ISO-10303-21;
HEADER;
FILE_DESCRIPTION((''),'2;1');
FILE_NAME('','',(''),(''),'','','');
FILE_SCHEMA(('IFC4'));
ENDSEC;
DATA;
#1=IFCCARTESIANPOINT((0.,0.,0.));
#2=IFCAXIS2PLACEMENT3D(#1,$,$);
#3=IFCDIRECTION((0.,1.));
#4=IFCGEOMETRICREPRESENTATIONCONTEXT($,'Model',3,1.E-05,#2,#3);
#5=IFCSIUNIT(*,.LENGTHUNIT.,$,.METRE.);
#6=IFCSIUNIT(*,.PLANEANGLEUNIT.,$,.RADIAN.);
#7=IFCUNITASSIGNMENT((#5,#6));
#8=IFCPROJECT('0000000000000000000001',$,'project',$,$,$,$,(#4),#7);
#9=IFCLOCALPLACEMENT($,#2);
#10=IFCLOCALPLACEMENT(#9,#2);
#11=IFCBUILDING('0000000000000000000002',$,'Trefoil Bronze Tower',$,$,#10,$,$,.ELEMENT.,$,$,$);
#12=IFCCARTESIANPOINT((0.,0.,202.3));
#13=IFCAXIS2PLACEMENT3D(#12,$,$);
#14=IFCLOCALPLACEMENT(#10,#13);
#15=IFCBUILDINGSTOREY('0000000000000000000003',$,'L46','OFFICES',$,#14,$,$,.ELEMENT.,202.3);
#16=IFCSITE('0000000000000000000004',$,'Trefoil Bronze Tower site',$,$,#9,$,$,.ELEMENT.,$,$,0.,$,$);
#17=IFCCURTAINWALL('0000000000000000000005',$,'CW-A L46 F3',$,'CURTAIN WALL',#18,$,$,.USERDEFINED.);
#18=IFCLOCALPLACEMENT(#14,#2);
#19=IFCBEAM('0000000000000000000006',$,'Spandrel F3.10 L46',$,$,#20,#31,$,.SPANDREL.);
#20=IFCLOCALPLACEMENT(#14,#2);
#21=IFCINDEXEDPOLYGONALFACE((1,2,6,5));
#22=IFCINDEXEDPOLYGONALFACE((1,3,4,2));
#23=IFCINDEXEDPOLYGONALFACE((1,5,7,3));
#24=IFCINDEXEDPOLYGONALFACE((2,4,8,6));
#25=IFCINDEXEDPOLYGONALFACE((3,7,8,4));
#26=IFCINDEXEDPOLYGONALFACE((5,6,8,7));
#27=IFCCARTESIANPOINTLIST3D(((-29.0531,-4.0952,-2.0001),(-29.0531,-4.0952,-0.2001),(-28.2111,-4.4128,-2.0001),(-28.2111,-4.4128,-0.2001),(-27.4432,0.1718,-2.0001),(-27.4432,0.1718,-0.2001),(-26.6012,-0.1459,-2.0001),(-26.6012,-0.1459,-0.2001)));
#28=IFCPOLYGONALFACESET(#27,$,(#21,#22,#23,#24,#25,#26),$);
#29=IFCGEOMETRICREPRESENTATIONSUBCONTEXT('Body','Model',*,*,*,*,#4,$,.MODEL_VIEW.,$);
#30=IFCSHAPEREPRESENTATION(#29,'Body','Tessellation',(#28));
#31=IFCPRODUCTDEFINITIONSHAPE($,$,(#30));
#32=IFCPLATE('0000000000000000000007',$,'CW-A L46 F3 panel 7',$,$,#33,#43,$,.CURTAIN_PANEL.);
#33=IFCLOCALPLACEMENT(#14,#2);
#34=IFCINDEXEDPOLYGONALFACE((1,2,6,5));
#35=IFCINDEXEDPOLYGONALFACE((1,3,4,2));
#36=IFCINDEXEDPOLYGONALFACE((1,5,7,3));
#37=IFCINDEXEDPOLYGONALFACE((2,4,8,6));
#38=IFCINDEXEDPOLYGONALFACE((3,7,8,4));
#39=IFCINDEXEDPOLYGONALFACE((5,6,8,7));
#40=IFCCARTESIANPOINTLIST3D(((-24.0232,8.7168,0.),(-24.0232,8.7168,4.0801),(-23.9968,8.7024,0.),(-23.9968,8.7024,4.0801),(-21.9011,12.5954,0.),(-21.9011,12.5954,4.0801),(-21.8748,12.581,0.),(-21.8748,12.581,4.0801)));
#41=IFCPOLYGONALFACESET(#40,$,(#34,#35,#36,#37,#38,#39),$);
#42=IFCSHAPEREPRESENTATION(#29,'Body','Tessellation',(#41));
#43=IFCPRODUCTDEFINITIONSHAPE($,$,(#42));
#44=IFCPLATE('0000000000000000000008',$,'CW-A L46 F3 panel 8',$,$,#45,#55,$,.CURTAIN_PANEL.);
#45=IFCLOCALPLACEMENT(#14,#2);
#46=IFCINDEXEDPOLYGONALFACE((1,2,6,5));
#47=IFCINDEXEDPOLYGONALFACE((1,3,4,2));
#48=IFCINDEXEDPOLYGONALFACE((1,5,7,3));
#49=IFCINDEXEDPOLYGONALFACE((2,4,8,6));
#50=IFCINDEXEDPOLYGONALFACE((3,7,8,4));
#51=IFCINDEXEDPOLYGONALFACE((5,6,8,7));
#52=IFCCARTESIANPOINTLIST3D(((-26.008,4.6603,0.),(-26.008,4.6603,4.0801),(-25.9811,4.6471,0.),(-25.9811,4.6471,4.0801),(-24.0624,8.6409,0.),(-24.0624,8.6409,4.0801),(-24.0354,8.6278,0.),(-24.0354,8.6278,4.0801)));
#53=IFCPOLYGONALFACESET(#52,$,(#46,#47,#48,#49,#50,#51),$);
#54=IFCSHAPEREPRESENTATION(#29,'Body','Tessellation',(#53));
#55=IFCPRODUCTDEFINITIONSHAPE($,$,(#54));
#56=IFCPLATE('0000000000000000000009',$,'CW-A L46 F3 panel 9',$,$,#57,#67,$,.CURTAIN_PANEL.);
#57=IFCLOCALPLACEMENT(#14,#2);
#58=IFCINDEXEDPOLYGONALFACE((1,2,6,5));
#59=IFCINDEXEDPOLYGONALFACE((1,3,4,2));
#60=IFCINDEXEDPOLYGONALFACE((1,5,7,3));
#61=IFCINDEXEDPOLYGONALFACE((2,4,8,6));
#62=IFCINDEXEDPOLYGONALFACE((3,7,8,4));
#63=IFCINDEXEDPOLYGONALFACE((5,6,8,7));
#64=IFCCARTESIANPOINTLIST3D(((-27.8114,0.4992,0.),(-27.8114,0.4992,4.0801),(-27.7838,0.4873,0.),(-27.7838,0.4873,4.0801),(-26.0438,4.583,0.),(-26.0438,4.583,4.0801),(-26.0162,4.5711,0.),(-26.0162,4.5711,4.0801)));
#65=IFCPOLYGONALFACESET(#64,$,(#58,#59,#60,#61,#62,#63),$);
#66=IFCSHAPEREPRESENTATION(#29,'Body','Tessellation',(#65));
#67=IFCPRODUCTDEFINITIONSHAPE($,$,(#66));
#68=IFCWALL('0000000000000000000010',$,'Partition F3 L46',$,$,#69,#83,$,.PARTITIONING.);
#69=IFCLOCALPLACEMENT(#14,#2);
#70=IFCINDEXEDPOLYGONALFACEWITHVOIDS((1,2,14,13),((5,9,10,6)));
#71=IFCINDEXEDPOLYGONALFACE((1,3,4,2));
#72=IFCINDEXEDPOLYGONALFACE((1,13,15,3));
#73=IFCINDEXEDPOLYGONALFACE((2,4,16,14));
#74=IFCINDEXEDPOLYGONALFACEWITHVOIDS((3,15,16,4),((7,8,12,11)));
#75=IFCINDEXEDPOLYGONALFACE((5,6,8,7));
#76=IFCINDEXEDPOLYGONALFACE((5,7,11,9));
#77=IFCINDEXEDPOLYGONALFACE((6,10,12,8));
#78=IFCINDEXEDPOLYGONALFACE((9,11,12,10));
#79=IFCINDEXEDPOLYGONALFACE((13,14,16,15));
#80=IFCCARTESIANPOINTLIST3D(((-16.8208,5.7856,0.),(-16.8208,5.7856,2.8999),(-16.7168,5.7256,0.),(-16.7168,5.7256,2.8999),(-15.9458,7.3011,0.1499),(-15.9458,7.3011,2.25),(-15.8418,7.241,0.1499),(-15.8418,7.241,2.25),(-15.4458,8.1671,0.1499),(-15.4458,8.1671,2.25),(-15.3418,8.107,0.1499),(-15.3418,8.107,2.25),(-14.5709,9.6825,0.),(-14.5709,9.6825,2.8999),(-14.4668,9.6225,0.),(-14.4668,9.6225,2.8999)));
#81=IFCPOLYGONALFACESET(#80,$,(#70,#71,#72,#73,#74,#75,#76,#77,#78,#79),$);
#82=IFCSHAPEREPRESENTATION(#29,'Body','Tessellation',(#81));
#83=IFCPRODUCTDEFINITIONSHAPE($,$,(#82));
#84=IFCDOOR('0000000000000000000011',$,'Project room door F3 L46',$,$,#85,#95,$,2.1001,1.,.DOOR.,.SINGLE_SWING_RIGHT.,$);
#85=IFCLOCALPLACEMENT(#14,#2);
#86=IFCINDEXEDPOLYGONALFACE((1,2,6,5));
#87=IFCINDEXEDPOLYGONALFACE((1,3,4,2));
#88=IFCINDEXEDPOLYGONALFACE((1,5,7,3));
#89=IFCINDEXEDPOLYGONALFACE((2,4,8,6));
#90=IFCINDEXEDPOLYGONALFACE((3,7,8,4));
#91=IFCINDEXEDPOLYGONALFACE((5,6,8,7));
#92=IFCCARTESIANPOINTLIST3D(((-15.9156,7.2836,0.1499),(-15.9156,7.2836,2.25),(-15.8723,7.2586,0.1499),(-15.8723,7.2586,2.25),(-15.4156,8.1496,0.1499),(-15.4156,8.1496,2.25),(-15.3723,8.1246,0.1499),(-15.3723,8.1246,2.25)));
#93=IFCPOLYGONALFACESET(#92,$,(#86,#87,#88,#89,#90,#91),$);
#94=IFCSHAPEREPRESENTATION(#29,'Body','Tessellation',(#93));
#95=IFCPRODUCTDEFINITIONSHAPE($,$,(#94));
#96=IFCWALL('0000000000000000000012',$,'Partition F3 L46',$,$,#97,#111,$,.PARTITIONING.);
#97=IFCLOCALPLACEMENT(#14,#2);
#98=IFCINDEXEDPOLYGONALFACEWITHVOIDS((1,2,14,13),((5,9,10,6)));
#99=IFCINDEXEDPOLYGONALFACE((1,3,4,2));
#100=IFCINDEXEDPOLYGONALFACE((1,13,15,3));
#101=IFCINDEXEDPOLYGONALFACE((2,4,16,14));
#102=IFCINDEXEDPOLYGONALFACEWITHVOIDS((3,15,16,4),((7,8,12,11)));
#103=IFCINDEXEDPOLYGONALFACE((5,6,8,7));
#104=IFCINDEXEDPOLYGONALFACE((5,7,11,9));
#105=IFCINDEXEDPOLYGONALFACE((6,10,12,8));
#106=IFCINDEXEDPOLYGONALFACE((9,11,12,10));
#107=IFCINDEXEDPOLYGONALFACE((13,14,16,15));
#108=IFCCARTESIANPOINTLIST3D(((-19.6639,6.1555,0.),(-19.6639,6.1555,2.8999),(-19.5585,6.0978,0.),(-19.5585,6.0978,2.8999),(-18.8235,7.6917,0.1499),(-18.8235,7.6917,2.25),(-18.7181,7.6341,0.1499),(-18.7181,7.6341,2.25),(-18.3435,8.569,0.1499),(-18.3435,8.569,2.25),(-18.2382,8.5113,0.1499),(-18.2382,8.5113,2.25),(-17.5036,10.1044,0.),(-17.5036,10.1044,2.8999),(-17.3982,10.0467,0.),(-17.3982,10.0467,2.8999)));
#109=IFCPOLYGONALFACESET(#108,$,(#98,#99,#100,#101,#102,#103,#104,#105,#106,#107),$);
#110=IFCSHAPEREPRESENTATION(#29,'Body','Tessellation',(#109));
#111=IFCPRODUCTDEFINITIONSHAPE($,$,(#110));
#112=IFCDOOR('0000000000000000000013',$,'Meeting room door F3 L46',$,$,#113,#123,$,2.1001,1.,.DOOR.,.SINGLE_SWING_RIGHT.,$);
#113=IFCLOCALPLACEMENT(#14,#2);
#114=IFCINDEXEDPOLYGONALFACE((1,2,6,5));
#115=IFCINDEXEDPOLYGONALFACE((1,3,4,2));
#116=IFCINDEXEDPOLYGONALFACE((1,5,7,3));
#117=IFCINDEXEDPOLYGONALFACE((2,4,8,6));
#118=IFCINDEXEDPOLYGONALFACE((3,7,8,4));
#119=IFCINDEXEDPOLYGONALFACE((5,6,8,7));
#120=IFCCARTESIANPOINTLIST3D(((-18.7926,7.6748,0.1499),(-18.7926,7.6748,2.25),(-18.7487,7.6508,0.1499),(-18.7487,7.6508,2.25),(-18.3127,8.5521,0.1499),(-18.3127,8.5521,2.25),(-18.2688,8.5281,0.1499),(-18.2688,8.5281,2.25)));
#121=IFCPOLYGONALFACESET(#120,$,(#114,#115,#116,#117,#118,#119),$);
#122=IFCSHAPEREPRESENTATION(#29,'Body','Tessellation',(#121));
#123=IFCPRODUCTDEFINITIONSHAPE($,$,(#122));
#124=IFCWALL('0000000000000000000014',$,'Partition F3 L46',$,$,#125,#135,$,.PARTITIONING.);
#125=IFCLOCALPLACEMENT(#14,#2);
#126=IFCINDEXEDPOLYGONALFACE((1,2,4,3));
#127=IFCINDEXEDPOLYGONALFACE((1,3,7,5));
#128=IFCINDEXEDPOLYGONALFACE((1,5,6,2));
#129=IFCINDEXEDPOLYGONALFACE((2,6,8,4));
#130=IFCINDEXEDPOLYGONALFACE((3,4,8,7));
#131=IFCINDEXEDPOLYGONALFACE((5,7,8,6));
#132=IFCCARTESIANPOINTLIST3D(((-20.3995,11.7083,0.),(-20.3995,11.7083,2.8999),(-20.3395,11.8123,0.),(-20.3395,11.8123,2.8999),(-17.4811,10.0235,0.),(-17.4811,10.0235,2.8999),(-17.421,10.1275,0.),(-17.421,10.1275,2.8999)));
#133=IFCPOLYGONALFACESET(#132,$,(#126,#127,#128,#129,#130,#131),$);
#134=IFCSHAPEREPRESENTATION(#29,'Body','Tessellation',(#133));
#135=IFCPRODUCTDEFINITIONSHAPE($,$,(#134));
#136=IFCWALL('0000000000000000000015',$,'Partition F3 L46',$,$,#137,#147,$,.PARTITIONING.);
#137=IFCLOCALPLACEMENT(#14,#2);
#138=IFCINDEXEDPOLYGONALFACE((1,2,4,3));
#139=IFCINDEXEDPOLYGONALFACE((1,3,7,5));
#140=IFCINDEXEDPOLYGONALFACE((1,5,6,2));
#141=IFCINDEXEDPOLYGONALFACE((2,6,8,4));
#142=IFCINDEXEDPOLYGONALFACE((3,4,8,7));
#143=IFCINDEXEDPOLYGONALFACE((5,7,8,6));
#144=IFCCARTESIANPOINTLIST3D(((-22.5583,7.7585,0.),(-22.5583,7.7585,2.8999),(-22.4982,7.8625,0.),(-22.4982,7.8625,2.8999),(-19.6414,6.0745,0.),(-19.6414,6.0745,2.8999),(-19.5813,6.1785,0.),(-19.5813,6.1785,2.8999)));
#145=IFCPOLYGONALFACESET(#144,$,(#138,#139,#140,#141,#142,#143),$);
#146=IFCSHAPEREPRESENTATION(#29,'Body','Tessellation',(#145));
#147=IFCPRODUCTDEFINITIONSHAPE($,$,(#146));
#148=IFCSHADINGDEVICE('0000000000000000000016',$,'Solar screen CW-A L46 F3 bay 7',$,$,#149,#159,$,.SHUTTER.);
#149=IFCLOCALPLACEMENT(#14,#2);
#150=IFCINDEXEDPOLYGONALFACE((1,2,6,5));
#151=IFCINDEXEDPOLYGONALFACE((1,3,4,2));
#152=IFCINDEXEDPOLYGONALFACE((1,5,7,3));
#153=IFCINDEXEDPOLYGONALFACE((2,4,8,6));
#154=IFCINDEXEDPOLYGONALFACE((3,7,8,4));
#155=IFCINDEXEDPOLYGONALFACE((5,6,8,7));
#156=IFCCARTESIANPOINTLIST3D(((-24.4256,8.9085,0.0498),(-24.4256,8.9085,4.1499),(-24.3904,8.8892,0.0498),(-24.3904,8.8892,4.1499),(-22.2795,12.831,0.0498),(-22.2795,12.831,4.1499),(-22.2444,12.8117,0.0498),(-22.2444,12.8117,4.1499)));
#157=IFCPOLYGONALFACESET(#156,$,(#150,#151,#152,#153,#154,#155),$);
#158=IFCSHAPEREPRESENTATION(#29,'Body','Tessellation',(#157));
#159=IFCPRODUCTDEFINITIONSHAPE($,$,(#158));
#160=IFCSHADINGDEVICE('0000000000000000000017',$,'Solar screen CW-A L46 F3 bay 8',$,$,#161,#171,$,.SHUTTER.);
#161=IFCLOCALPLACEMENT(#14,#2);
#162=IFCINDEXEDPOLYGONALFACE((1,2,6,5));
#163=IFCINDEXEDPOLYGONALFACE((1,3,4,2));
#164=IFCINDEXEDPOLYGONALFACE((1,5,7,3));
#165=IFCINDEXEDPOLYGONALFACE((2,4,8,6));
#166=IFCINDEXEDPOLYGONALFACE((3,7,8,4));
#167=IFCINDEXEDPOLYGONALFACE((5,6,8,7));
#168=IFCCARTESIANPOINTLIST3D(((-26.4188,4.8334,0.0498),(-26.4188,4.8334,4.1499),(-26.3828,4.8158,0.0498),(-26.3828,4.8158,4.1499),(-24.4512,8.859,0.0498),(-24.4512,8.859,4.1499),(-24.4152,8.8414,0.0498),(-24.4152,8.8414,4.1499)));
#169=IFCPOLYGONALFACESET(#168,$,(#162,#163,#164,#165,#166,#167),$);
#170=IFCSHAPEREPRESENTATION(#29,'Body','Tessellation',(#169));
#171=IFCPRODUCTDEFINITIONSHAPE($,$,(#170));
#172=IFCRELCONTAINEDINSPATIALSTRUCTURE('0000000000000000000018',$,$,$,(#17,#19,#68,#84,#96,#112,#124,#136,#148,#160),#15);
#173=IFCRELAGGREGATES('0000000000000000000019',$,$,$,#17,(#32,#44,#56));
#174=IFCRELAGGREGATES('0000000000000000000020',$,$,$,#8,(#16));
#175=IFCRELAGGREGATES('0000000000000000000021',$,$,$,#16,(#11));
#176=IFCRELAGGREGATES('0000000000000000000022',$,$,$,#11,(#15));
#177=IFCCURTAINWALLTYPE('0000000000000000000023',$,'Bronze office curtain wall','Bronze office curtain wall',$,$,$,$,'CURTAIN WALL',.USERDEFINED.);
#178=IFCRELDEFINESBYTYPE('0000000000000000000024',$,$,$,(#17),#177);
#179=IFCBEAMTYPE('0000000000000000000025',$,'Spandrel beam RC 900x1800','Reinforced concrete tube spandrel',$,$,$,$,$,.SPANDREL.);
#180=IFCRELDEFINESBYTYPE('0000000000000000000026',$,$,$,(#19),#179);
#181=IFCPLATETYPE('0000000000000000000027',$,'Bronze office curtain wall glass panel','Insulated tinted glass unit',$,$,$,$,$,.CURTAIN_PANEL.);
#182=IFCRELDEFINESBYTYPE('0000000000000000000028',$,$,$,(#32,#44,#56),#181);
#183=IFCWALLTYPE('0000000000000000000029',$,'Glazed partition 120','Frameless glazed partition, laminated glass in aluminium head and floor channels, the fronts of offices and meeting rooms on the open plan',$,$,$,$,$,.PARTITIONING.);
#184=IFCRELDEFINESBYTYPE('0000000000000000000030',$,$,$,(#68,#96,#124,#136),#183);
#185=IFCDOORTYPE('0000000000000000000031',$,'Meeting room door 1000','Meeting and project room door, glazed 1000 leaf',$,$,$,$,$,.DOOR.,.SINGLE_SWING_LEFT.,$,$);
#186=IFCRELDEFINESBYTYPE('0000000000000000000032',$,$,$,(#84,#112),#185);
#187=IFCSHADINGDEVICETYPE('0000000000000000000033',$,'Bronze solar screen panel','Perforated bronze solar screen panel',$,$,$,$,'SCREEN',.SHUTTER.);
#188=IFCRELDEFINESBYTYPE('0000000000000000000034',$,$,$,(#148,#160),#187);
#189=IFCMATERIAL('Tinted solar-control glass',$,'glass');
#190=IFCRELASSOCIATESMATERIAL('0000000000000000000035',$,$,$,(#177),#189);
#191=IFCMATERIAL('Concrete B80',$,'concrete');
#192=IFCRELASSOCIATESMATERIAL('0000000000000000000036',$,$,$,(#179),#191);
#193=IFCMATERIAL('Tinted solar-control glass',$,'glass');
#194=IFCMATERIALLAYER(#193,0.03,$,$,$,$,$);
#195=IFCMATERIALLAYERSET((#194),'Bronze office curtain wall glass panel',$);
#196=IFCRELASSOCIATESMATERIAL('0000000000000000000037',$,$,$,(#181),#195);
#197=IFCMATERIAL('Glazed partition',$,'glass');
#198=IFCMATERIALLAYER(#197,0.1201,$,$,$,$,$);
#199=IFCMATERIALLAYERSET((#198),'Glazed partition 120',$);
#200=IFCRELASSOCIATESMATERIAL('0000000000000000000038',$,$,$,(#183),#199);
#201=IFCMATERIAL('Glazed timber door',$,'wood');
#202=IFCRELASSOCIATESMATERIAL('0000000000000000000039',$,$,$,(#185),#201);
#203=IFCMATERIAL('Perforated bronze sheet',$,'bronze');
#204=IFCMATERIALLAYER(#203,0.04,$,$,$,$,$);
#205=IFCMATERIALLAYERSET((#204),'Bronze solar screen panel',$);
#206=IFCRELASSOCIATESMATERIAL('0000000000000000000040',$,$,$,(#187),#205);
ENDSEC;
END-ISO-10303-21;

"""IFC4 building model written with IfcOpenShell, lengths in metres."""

from ifc_helpers import new_model, si_unit, direction, frame, frame_2d, origin, origin_2d, place, context, subcontext, project, spatial, rectangle, extrude, material, layer, layer_set, material_profile, profile_set, type_object, element, fill, aggregate, save


model = new_model("IFC4")

# Units and contexts
model_context = context("Model", 3, precision=1e-05, world=origin(), true_north=direction((0.0, 1.0)))
body_context = subcontext(model_context, "Body", "Model", "MODEL_VIEW")
ifc_project = project(units=[si_unit("LENGTHUNIT", "METRE"), si_unit("PLANEANGLEUNIT", "RADIAN")], contexts=[model_context])

# Site, building, storey
site_placement = place(None, origin())
site = spatial("IfcSite", under=ifc_project, at=site_placement, Name="Trefoil Bronze Tower site", CompositionType="ELEMENT", RefElevation=0.0)
building_placement = place(site_placement, origin())
building = spatial("IfcBuilding", under=site, at=building_placement, Name="Trefoil Bronze Tower", CompositionType="ELEMENT")
storey_placement = place(building_placement, frame((0.0, 0.0, 202.3)))
storey = spatial("IfcBuildingStorey", under=building, at=storey_placement, Name="L46", Description="OFFICES", CompositionType="ELEMENT", Elevation=202.3)

# Curtain wall
ifc_material_1 = material(Name="Tinted solar-control glass", Category="glass")
curtain_wall_type = type_object("IfcCurtainWallType", Name="Bronze office curtain wall", Description="Bronze office curtain wall", ElementType="CURTAIN WALL", PredefinedType="USERDEFINED", material=ifc_material_1)
curtain_wall_placement = place(storey_placement, origin())
curtain_wall = element("IfcCurtainWall", 1, at=curtain_wall_placement, inside=storey, type_object=curtain_wall_type, Name="CW-A L46 F3", ObjectType="CURTAIN WALL", PredefinedType="USERDEFINED")

# Beam
ifc_material_2 = material(Name="Concrete B80", Category="concrete")
ifc_material_profile_1 = material_profile(ifc_material_2, rectangle(XDim=0.8999, YDim=1.8, at=origin_2d()), Name="RC 900x1800")
ifc_profile_set_1 = profile_set([ifc_material_profile_1], Name="Concrete B80")
beam_type_1 = type_object("IfcBeamType", Name="Spandrel beam RC 900x1800", Description="Reinforced concrete tube spandrel", PredefinedType="SPANDREL", material=ifc_profile_set_1)
beam_1_placement = place(storey_placement, frame((-27.0222, 0.0129, -1.1001), z_axis=(-0.353006, -0.935621, 0.0), x_axis=(0.935621, -0.353006, 0.0)))
element("IfcBeam", 2, at=beam_1_placement, inside=storey, type_object=beam_type_1, Name="Spandrel F3.10 L46", PredefinedType="SPANDREL", context=body_context, shape_type="SweptSolid", body=[
    extrude(rectangle(XDim=0.8999, YDim=1.8, at=origin_2d()), origin(), (0.0, 0.0, 1.0), 4.5605),
])

# Plates
ifc_material_3 = material(Name="Tinted solar-control glass", Category="glass")
ifc_layer_1 = layer(ifc_material_3, 0.03)
ifc_layer_set_1 = layer_set([ifc_layer_1], Name="Bronze office curtain wall glass panel")
plate_type = type_object("IfcPlateType", Name="Bronze office curtain wall glass panel", Description="Insulated tinted glass unit", PredefinedType="CURTAIN_PANEL", material=ifc_layer_set_1)
plate_1_placement = place(storey_placement, frame((-22.949, 10.6489, 0.0), z_axis=(0.0, 0.0, 1.0), x_axis=(-0.479974, -0.877283, 0.0)))
plate_1 = element("IfcPlate", 3, at=plate_1_placement, type_object=plate_type, Name="CW-A L46 F3 panel 7", PredefinedType="CURTAIN_PANEL", context=body_context, shape_type="SweptSolid", body=[
    extrude(rectangle(XDim=4.4211, YDim=0.03, at=origin_2d()), origin(), (0.0, 0.0, 1.0), 4.0801),
])
plate_2_placement = place(storey_placement, frame((-25.0217, 6.644, 0.0), z_axis=(0.0, 0.0, 1.0), x_axis=(-0.439129, -0.898424, 0.0)))
plate_2 = element("IfcPlate", 4, at=plate_2_placement, type_object=plate_type, Name="CW-A L46 F3 panel 8", PredefinedType="CURTAIN_PANEL", context=body_context, shape_type="SweptSolid", body=[
    extrude(rectangle(XDim=4.4307, YDim=0.03, at=origin_2d()), origin(), (0.0, 0.0, 1.0), 4.0801),
])
plate_3_placement = place(storey_placement, frame((-26.9138, 2.5352, 0.0), z_axis=(0.0, 0.0, 1.0), x_axis=(-0.39722, -0.917723, 0.0)))
plate_3 = element("IfcPlate", 5, at=plate_3_placement, type_object=plate_type, Name="CW-A L46 F3 panel 9", PredefinedType="CURTAIN_PANEL", context=body_context, shape_type="SweptSolid", body=[
    extrude(rectangle(XDim=4.45, YDim=0.03, at=origin_2d()), origin(), (0.0, 0.0, 1.0), 4.0801),
])
aggregate(curtain_wall, [plate_1, plate_2, plate_3])

# Walls, openings, doors
ifc_material_4 = material(Name="Glazed partition", Category="glass")
ifc_layer_2 = layer(ifc_material_4, 0.1201)
ifc_layer_set_2 = layer_set([ifc_layer_2], Name="Glazed partition 120")
wall_type = type_object("IfcWallType", Name="Glazed partition 120", Description="Frameless glazed partition, laminated glass in aluminium head and floor channels, the fronts of offices and meeting rooms on the open plan", PredefinedType="PARTITIONING", material=ifc_layer_set_2)
wall_1_placement = place(storey_placement, frame((-14.5188, 9.6526, 0.0), z_axis=(0.0, 0.0, 1.0), x_axis=(-0.500014, -0.866018, 0.0)))
wall_1 = element("IfcWall", 6, at=wall_1_placement, inside=storey, type_object=wall_type, Name="Partition F3 L46", PredefinedType="PARTITIONING", context=body_context, shape_type="SweptSolid", body=[
    extrude(rectangle(XDim=4.4998, YDim=0.1201, at=frame_2d((2.25, 0.0))), origin(), (0.0, 0.0, 1.0), 2.8999),
])
opening_1_placement = place(wall_1_placement, frame((1.75, 0.0, 0.1499)))
opening_1 = element("IfcOpeningElement", 7, at=opening_1_placement, cuts=wall_1, PredefinedType="OPENING", context=body_context, shape_type="SweptSolid", body=[
    extrude(rectangle(XDim=1.0, YDim=2.1001, at=frame_2d((0.5, 1.05))), frame((0.0, 0.0701, 0.0), z_axis=(0.0, -1.0, 0.0), x_axis=(1.0, 0.0, 0.0)), (0.0, 0.0, 1.0), 0.1401),
])
ifc_material_5 = material(Name="Glazed timber door", Category="wood")
door_type = type_object("IfcDoorType", Name="Meeting room door 1000", Description="Meeting and project room door, glazed 1000 leaf", OperationType="SINGLE_SWING_LEFT", PredefinedType="DOOR", material=ifc_material_5)
door_1_placement = place(opening_1_placement, origin())
door_1 = element("IfcDoor", 8, at=door_1_placement, inside=storey, type_object=door_type, Name="Project room door F3 L46", OperationType="SINGLE_SWING_RIGHT", OverallHeight=2.1001, OverallWidth=1.0, PredefinedType="DOOR", context=body_context, shape_type="SweptSolid", body=[
    extrude(rectangle(XDim=1.0, YDim=2.1001, at=frame_2d((0.5, 1.05))), frame((0.0, 0.0249, 0.0), z_axis=(0.0, -1.0, 0.0), x_axis=(1.0, 0.0, 0.0)), (0.0, 0.0, 1.0), 0.05),
])
fill(opening_1, door_1)
wall_2_placement = place(storey_placement, frame((-17.4509, 10.0754, 0.0), z_axis=(0.0, 0.0, 1.0), x_axis=(-0.47995, -0.877296, 0.0)))
wall_2 = element("IfcWall", 9, at=wall_2_placement, inside=storey, type_object=wall_type, Name="Partition F3 L46", PredefinedType="PARTITIONING", context=body_context, shape_type="SweptSolid", body=[
    extrude(rectangle(XDim=4.5012, YDim=0.1201, at=frame_2d((2.2505, 0.0))), origin(), (0.0, 0.0, 1.0), 2.8999),
])
opening_2_placement = place(wall_2_placement, frame((1.75, 0.0, 0.1499)))
opening_2 = element("IfcOpeningElement", 10, at=opening_2_placement, cuts=wall_2, PredefinedType="OPENING", context=body_context, shape_type="SweptSolid", body=[
    extrude(rectangle(XDim=1.0, YDim=2.1001, at=frame_2d((0.5, 1.05))), frame((0.0, 0.0701, 0.0), z_axis=(0.0, -1.0, 0.0), x_axis=(1.0, 0.0, 0.0)), (0.0, 0.0, 1.0), 0.1401),
])
door_2_placement = place(opening_2_placement, frame((1.0, 0.0, 0.0), z_axis=(0.0, 0.0, 1.0), x_axis=(-1.0, 0.0, 0.0)))
door_2 = element("IfcDoor", 11, at=door_2_placement, inside=storey, type_object=door_type, Name="Meeting room door F3 L46", OperationType="SINGLE_SWING_RIGHT", OverallHeight=2.1001, OverallWidth=1.0, PredefinedType="DOOR", context=body_context, shape_type="SweptSolid", body=[
    extrude(rectangle(XDim=1.0, YDim=2.1001, at=frame_2d((0.5, 1.05))), frame((0.0, 0.0249, 0.0), z_axis=(0.0, -1.0, 0.0), x_axis=(1.0, 0.0, 0.0)), (0.0, 0.0, 1.0), 0.05),
])
fill(opening_2, door_2)

# Walls
wall_3_placement = place(storey_placement, frame((-17.4509, 10.0754, 0.0), z_axis=(0.0, 0.0, 1.0), x_axis=(-0.866046, 0.499965, 0.0)))
element("IfcWall", 12, at=wall_3_placement, inside=storey, type_object=wall_type, Name="Partition F3 L46", PredefinedType="PARTITIONING", context=body_context, shape_type="SweptSolid", body=[
    extrude(rectangle(XDim=3.3699, YDim=0.1201, at=frame_2d((1.6851, 0.0))), origin(), (0.0, 0.0, 1.0), 2.8999),
])
wall_4_placement = place(storey_placement, frame((-19.6113, 6.1265, 0.0), z_axis=(0.0, 0.0, 1.0), x_axis=(-0.866031, 0.49999, 0.0)))
element("IfcWall", 13, at=wall_4_placement, inside=storey, type_object=wall_type, Name="Partition F3 L46", PredefinedType="PARTITIONING", context=body_context, shape_type="SweptSolid", body=[
    extrude(rectangle(XDim=3.3682, YDim=0.1201, at=frame_2d((1.6841, 0.0))), origin(), (0.0, 0.0, 1.0), 2.8999),
])

# Shading devices
ifc_material_6 = material(Name="Perforated bronze sheet", Category="bronze")
ifc_layer_3 = layer(ifc_material_6, 0.04)
ifc_layer_set_3 = layer_set([ifc_layer_3], Name="Bronze solar screen panel")
shading_device_type = type_object("IfcShadingDeviceType", Name="Bronze solar screen panel", Description="Perforated bronze solar screen panel", ElementType="SCREEN", PredefinedType="SHUTTER", material=ifc_layer_set_3)
shading_device_1_placement = place(storey_placement, frame((-23.335, 10.8601, 0.0498), z_axis=(0.0, 0.0, 1.0), x_axis=(-0.479974, -0.877283, 0.0)))
element("IfcShadingDevice", 14, at=shading_device_1_placement, inside=storey, type_object=shading_device_type, Name="Solar screen CW-A L46 F3 bay 7", PredefinedType="SHUTTER", context=body_context, shape_type="SweptSolid", body=[
    extrude(rectangle(XDim=4.4712, YDim=0.04, at=origin_2d()), origin(), (0.0, 0.0, 1.0), 4.1001),
])
shading_device_2_placement = place(storey_placement, frame((-25.417, 6.8374, 0.0498), z_axis=(0.0, 0.0, 1.0), x_axis=(-0.439129, -0.898424, 0.0)))
element("IfcShadingDevice", 15, at=shading_device_2_placement, inside=storey, type_object=shading_device_type, Name="Solar screen CW-A L46 F3 bay 8", PredefinedType="SHUTTER", context=body_context, shape_type="SweptSolid", body=[
    extrude(rectangle(XDim=4.4807, YDim=0.04, at=origin_2d()), origin(), (0.0, 0.0, 1.0), 4.1001),
])

save(model, "model.ifc")
